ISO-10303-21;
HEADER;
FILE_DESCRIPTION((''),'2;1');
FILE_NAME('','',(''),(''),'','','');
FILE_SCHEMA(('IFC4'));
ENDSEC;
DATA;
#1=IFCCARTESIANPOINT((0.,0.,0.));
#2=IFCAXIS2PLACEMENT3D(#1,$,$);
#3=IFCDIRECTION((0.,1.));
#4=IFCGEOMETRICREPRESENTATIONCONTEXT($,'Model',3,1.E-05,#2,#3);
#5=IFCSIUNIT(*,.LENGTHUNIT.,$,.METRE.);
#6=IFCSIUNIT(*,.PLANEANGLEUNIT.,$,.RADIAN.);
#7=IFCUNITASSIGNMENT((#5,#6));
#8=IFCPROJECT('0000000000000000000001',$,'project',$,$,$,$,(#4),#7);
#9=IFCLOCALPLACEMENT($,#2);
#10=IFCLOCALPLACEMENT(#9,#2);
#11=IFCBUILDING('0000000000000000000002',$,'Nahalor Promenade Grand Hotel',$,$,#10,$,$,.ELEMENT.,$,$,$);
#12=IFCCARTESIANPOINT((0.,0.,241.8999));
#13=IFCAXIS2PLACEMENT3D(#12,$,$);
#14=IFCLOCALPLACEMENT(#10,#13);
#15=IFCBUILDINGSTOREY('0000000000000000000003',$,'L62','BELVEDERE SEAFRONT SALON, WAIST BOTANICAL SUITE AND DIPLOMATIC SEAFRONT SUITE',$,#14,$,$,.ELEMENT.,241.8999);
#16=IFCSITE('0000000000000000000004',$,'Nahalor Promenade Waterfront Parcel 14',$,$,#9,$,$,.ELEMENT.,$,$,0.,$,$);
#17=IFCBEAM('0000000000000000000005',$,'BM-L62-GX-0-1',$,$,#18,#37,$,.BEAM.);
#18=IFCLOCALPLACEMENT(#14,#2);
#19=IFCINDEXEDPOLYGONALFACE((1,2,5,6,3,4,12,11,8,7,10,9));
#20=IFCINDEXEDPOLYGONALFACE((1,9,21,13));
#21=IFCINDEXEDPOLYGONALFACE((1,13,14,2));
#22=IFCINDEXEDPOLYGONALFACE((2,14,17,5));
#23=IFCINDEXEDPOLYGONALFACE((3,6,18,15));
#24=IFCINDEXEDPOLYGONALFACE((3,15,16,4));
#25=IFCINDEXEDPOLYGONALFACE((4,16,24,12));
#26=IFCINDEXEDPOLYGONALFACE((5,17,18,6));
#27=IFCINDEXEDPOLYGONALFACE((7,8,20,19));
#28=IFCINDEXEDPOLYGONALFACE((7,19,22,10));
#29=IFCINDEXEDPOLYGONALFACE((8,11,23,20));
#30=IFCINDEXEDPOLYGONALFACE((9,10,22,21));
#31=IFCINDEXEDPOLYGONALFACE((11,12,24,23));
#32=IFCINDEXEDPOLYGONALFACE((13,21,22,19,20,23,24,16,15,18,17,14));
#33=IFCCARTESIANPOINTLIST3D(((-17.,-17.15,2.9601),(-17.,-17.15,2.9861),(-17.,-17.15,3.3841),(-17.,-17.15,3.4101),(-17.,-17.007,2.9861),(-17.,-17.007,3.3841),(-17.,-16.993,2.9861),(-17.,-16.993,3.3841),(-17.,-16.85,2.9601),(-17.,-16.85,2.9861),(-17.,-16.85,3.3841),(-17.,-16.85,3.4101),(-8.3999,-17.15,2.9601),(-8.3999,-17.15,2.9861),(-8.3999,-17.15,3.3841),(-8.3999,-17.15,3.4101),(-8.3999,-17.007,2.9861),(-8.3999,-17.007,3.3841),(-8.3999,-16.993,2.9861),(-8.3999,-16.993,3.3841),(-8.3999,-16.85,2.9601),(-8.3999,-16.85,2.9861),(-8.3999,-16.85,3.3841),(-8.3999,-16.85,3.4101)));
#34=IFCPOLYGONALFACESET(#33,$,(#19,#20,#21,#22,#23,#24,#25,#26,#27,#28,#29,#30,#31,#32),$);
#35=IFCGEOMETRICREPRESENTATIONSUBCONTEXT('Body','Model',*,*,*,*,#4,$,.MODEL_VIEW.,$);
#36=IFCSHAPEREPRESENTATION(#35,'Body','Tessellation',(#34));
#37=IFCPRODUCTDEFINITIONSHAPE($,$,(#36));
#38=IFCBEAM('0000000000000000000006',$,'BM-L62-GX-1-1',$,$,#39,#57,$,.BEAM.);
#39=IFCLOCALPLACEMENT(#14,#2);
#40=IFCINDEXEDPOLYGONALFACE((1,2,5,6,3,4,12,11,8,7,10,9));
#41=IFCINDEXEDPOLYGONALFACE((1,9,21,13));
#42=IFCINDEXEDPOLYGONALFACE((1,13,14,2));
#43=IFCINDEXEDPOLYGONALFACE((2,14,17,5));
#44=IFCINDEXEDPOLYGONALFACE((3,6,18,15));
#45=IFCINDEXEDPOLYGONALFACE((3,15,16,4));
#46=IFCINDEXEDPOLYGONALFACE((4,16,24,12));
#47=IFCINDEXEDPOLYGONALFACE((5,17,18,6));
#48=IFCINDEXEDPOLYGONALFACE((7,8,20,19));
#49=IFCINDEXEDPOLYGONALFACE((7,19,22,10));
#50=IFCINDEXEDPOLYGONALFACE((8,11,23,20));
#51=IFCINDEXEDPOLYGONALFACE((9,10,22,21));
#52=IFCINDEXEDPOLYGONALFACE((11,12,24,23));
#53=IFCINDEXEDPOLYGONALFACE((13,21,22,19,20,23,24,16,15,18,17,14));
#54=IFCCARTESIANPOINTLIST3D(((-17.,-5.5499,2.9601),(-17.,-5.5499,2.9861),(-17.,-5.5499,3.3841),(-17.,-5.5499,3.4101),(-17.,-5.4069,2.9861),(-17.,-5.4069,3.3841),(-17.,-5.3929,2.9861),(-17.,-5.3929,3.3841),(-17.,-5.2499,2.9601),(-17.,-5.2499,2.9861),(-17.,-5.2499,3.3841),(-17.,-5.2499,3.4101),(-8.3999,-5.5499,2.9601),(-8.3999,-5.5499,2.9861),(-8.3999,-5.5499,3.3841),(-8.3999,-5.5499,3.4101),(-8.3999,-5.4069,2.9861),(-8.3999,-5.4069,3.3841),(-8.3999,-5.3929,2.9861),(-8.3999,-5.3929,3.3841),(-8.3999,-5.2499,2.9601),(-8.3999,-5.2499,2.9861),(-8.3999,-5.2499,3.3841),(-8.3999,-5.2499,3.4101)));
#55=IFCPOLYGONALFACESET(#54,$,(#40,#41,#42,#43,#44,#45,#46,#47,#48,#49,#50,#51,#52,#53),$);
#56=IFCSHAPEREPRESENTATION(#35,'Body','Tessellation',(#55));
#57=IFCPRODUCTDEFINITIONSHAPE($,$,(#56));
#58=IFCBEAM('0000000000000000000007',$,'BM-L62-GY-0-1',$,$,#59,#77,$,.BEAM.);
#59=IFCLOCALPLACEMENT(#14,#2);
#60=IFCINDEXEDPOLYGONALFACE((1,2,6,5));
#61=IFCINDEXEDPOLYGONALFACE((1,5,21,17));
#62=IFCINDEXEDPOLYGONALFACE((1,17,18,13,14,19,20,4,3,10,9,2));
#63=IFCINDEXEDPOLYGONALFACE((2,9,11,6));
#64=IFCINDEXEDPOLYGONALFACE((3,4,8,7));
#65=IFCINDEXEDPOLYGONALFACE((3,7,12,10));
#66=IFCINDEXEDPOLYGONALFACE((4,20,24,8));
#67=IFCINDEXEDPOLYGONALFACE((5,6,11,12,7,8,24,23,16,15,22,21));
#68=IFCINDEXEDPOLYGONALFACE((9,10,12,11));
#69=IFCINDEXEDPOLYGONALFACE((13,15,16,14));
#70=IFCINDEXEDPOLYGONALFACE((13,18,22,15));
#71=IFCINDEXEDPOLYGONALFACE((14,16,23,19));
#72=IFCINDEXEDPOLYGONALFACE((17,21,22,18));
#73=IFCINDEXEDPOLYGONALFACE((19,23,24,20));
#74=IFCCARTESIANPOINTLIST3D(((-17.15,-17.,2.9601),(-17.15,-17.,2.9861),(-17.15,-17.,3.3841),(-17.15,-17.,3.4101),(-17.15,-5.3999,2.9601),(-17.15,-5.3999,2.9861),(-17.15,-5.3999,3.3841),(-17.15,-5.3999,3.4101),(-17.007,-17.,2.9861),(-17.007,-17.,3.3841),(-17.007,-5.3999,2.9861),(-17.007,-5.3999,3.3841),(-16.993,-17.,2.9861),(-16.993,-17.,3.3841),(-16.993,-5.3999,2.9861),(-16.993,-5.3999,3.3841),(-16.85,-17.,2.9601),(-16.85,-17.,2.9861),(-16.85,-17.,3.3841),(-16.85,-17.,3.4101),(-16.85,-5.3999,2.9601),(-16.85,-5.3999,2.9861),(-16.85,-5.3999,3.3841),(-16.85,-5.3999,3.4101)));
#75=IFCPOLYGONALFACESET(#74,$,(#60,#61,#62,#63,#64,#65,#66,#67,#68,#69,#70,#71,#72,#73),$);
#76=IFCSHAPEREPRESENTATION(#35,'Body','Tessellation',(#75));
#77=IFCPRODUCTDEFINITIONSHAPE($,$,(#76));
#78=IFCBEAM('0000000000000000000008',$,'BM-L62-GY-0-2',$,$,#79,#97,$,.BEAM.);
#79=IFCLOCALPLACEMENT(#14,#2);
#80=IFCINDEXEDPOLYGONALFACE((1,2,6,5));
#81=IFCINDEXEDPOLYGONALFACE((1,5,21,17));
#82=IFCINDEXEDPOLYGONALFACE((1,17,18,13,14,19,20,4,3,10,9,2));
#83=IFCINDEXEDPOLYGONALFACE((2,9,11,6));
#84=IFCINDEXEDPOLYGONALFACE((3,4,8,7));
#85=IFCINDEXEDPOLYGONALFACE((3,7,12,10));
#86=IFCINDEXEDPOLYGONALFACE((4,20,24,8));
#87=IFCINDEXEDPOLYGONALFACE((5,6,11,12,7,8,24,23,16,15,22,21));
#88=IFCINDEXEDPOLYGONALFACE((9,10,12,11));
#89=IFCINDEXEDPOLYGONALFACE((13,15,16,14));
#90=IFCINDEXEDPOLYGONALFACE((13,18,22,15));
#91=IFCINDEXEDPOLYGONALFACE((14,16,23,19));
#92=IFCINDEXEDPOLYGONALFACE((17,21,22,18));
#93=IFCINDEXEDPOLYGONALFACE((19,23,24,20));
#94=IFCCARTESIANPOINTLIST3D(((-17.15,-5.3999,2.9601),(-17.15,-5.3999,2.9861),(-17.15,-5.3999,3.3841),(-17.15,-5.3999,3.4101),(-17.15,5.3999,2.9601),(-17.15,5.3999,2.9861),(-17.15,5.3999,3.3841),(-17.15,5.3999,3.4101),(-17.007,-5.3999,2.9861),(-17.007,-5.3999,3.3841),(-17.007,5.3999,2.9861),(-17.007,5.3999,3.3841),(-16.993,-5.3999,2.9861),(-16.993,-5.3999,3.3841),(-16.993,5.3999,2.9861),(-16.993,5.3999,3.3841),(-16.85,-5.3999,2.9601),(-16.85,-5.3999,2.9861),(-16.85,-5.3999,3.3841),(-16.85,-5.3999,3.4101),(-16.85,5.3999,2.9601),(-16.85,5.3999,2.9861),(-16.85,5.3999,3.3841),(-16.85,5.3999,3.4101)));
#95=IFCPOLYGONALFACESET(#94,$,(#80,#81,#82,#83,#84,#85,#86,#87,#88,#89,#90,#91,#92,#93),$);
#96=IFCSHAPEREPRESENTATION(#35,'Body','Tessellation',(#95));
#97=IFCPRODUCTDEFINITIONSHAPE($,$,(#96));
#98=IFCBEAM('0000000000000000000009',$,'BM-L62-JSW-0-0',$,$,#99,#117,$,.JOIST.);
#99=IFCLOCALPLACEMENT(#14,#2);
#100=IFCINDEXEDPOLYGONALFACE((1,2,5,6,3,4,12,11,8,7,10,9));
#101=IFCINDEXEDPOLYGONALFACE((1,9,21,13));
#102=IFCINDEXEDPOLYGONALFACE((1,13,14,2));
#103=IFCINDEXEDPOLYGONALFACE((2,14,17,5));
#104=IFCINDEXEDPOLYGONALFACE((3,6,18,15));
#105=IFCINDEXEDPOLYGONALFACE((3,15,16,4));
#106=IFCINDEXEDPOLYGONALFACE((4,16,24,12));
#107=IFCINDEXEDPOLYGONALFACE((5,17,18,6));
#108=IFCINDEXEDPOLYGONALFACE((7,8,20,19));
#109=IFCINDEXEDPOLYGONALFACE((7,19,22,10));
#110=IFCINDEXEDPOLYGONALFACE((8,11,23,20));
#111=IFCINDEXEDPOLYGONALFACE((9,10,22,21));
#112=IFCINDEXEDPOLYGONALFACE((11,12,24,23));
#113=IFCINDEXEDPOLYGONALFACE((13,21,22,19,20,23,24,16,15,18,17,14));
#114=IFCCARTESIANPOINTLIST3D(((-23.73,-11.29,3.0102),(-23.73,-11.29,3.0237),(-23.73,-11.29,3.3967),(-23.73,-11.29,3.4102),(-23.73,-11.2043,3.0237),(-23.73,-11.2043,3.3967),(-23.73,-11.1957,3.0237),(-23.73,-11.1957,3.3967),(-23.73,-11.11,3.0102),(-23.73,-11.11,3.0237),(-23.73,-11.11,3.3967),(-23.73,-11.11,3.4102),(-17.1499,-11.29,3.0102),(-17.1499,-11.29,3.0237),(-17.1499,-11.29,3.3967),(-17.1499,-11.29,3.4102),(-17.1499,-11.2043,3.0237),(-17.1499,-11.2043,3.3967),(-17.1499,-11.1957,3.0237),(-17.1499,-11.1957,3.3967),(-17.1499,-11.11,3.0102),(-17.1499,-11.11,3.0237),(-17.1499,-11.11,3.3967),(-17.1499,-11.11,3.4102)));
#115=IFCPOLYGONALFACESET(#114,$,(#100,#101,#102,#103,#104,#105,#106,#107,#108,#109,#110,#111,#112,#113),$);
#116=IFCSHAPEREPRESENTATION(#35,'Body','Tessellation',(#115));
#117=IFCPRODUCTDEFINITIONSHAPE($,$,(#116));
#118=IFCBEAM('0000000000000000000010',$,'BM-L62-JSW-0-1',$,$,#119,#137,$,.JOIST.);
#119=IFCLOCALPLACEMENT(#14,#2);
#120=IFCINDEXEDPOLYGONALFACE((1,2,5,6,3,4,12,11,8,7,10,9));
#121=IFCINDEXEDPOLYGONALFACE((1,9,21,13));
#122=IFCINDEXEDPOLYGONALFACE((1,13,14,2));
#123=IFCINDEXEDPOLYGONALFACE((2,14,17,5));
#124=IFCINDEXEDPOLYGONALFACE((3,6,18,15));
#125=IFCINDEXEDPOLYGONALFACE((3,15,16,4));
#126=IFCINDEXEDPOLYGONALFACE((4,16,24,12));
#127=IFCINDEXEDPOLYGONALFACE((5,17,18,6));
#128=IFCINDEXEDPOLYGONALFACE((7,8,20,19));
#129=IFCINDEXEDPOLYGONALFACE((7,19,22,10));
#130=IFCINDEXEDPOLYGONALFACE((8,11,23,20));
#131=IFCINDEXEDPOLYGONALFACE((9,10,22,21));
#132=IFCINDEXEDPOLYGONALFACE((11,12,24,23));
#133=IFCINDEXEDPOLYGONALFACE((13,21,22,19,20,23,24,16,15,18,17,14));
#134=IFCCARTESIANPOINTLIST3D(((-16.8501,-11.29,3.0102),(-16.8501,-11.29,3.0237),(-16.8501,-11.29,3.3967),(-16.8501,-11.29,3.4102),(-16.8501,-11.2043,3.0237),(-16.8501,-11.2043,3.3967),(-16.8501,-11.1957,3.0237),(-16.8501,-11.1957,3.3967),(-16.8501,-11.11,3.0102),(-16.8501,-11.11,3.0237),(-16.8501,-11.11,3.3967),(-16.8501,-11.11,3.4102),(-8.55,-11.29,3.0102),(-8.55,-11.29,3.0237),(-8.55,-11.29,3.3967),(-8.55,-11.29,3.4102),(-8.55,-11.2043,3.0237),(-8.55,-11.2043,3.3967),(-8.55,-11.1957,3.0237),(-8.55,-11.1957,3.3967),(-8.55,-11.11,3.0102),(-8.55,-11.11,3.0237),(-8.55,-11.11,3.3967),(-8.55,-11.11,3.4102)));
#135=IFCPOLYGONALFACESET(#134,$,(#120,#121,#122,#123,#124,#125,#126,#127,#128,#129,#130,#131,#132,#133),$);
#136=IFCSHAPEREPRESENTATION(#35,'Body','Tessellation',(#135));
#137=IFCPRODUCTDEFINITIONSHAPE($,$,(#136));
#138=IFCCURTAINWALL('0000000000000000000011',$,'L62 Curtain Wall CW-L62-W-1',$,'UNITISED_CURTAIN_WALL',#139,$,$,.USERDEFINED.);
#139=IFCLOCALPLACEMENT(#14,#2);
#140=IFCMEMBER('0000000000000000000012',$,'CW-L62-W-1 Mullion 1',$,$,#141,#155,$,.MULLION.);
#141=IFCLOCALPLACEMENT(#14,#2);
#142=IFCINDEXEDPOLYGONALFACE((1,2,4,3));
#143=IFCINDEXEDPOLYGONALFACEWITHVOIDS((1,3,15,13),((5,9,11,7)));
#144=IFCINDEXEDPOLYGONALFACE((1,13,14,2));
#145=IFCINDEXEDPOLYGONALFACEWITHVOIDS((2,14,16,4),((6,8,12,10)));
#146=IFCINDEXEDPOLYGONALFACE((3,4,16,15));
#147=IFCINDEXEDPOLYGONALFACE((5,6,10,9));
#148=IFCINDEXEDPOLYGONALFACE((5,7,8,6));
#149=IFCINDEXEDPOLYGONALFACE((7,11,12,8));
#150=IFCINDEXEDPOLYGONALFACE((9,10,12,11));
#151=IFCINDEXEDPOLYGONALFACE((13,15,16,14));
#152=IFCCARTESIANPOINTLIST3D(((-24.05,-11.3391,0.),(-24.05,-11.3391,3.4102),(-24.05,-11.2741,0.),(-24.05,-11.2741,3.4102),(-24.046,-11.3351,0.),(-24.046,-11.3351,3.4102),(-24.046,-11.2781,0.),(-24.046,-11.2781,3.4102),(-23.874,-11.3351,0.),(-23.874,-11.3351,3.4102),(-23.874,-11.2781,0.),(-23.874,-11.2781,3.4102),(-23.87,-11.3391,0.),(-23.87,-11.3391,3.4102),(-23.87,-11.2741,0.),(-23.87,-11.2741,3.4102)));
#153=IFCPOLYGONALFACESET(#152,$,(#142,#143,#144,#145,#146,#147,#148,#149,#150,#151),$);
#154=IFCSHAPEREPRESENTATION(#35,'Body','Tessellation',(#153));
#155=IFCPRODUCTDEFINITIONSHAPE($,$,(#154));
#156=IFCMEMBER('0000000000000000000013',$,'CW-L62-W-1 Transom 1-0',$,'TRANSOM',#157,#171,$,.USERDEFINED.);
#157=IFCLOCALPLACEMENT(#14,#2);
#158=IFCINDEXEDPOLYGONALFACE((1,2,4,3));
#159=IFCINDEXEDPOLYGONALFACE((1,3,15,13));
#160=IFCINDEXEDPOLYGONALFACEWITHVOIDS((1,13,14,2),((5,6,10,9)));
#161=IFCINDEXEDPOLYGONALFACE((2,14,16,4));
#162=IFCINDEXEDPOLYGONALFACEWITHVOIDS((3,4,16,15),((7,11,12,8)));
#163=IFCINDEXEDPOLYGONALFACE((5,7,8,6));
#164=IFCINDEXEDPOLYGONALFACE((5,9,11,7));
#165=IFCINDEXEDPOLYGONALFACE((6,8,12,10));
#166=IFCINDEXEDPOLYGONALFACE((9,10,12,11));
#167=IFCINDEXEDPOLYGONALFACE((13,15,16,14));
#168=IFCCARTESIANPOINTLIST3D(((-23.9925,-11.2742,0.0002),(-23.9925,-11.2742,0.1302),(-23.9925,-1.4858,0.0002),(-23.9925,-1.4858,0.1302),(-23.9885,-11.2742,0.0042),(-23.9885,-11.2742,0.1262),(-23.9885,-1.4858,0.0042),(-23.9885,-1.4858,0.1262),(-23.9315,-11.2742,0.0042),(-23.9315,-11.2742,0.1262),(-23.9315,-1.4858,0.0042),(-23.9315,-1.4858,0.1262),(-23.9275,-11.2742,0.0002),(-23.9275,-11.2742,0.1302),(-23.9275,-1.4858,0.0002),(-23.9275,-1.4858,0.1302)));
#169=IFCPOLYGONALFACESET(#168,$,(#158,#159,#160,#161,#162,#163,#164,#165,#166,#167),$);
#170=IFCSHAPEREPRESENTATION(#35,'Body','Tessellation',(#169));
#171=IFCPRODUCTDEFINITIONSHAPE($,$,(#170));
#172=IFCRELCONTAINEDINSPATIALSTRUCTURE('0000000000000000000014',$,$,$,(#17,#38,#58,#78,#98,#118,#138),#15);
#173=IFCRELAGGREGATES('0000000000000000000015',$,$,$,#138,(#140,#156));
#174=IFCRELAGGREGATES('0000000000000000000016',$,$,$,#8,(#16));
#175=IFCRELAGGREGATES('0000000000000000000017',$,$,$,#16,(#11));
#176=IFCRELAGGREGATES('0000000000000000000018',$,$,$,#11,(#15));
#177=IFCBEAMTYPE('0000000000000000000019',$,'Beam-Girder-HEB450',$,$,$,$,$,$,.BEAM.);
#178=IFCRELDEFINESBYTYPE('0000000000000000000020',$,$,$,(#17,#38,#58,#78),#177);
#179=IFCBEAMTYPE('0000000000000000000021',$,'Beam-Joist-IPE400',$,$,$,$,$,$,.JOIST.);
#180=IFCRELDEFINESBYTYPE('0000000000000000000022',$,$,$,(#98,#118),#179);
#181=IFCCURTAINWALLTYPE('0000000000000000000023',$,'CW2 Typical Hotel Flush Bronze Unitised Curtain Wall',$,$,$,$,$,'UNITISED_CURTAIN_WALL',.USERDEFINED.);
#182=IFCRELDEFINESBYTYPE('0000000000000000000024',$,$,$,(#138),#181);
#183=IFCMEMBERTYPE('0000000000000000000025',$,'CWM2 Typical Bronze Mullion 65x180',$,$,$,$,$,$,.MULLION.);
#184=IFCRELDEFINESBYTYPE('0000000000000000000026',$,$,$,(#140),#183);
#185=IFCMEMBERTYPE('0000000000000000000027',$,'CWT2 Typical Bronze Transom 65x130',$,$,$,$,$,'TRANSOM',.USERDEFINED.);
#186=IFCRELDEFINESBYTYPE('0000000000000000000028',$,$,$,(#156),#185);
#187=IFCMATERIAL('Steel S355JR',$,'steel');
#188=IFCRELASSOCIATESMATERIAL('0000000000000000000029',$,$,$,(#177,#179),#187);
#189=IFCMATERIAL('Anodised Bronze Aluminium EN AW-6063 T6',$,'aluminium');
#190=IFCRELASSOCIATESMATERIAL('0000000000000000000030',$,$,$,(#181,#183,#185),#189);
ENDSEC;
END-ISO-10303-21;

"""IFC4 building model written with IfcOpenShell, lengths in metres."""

from ifc_helpers import new_model, si_unit, direction, frame, origin, origin_2d, place, context, subcontext, project, spatial, hollow_rectangle, i_section, extrude, source, transform, mapped, material, material_profile, profile_set, type_object, element, aggregate, save


model = new_model("IFC4")

# Units and contexts
model_context = context("Model", 3, precision=1e-05, world=origin(), true_north=direction((0.0, 1.0)))
body_context = subcontext(model_context, "Body", "Model", "MODEL_VIEW")
ifc_project = project(units=[si_unit("LENGTHUNIT", "METRE"), si_unit("PLANEANGLEUNIT", "RADIAN")], contexts=[model_context])

# Site, building, storey
site_placement = place(None, origin())
site = spatial("IfcSite", under=ifc_project, at=site_placement, Name="Nahalor Promenade Waterfront Parcel 14", CompositionType="ELEMENT", RefElevation=0.0)
building_placement = place(site_placement, origin())
building = spatial("IfcBuilding", under=site, at=building_placement, Name="Nahalor Promenade Grand Hotel", CompositionType="ELEMENT")
storey_placement = place(building_placement, frame((0.0, 0.0, 241.8999)))
storey = spatial("IfcBuildingStorey", under=building, at=storey_placement, Name="L62", Description="BELVEDERE SEAFRONT SALON, WAIST BOTANICAL SUITE AND DIPLOMATIC SEAFRONT SUITE", CompositionType="ELEMENT", Elevation=241.8999)

# Shared definitions
ifc_material_1 = material(Name="Steel S355JR", Category="steel")

# Beams
ifc_material_profile_1 = material_profile(ifc_material_1, i_section(OverallWidth=0.3, OverallDepth=0.45, WebThickness=0.014, FlangeThickness=0.026, at=origin_2d()), Name="HEB 450")
ifc_profile_set_1 = profile_set([ifc_material_profile_1], Name="Steel S355JR")
beam_type_1 = type_object("IfcBeamType", Name="Beam-Girder-HEB450", PredefinedType="BEAM", material=ifc_profile_set_1)
shared_shape_1 = source(origin(), body_context, "Body", "SweptSolid", [
    extrude(i_section(OverallWidth=0.3, OverallDepth=0.45, WebThickness=0.014, FlangeThickness=0.026, at=origin_2d()), origin(), (0.0, 0.0, 1.0), 8.6001),
])
for number, where, z_axis, x_axis, name in (
    (1, (-17.0, -17.0, 3.1851), (1.0, 0.0, 0.0), (0.0, 1.0, 0.0), "BM-L62-GX-0-1"),
    (2, (-17.0, -5.3999, 3.1851), (1.0, 0.0, 0.0), (0.0, 1.0, 0.0), "BM-L62-GX-1-1"),
):
    element("IfcBeam", number, at=place(storey_placement, frame(where, z_axis=z_axis, x_axis=x_axis)), inside=storey, type_object=beam_type_1, Name=name, PredefinedType="BEAM", context=body_context, shape_type="MappedRepresentation", body=[
        mapped(shared_shape_1, transform((0.0, 0.0, 0.0), scale=1.0)),
    ])
shared_shape_2 = source(origin(), body_context, "Body", "SweptSolid", [
    extrude(i_section(OverallWidth=0.3, OverallDepth=0.45, WebThickness=0.014, FlangeThickness=0.026, at=origin_2d()), origin(), (0.0, 0.0, 1.0), 11.6001),
])
beam_1_placement = place(storey_placement, frame((-17.0, -17.0, 3.1851), z_axis=(0.0, 1.0, 0.0), x_axis=(-1.0, 0.0, 0.0)))
element("IfcBeam", 3, at=beam_1_placement, inside=storey, type_object=beam_type_1, Name="BM-L62-GY-0-1", PredefinedType="BEAM", context=body_context, shape_type="MappedRepresentation", body=[
    mapped(shared_shape_2, transform((0.0, 0.0, 0.0), scale=1.0)),
])
shared_shape_3 = source(origin(), body_context, "Body", "SweptSolid", [
    extrude(i_section(OverallWidth=0.3, OverallDepth=0.45, WebThickness=0.014, FlangeThickness=0.026, at=origin_2d()), origin(), (0.0, 0.0, 1.0), 10.7998),
])
beam_2_placement = place(storey_placement, frame((-17.0, -5.3999, 3.1851), z_axis=(0.0, 1.0, 0.0), x_axis=(-1.0, 0.0, 0.0)))
element("IfcBeam", 4, at=beam_2_placement, inside=storey, type_object=beam_type_1, Name="BM-L62-GY-0-2", PredefinedType="BEAM", context=body_context, shape_type="MappedRepresentation", body=[
    mapped(shared_shape_3, transform((0.0, 0.0, 0.0), scale=1.0)),
])
ifc_material_profile_2 = material_profile(ifc_material_1, i_section(OverallWidth=0.18, OverallDepth=0.4, WebThickness=0.0086, FlangeThickness=0.0135, at=origin_2d()), Name="IPE 400")
ifc_profile_set_2 = profile_set([ifc_material_profile_2], Name="Steel S355JR")
beam_type_2 = type_object("IfcBeamType", Name="Beam-Joist-IPE400", PredefinedType="JOIST", material=ifc_profile_set_2)
shared_shape_4 = source(origin(), body_context, "Body", "SweptSolid", [
    extrude(i_section(OverallWidth=0.18, OverallDepth=0.4, WebThickness=0.0086, FlangeThickness=0.0135, at=origin_2d()), origin(), (0.0, 0.0, 1.0), 6.5801),
])
beam_3_placement = place(storey_placement, frame((-23.73, -11.2, 3.2102), z_axis=(1.0, 0.0, 0.0), x_axis=(0.0, 1.0, 0.0)))
element("IfcBeam", 5, at=beam_3_placement, inside=storey, type_object=beam_type_2, Name="BM-L62-JSW-0-0", PredefinedType="JOIST", context=body_context, shape_type="MappedRepresentation", body=[
    mapped(shared_shape_4, transform((0.0, 0.0, 0.0), scale=1.0)),
])
shared_shape_5 = source(origin(), body_context, "Body", "SweptSolid", [
    extrude(i_section(OverallWidth=0.18, OverallDepth=0.4, WebThickness=0.0086, FlangeThickness=0.0135, at=origin_2d()), origin(), (0.0, 0.0, 1.0), 8.3),
])
beam_4_placement = place(storey_placement, frame((-16.8501, -11.2, 3.2102), z_axis=(1.0, 0.0, 0.0), x_axis=(0.0, 1.0, 0.0)))
element("IfcBeam", 6, at=beam_4_placement, inside=storey, type_object=beam_type_2, Name="BM-L62-JSW-0-1", PredefinedType="JOIST", context=body_context, shape_type="MappedRepresentation", body=[
    mapped(shared_shape_5, transform((0.0, 0.0, 0.0), scale=1.0)),
])

# Curtain wall, members
ifc_material_2 = material(Name="Anodised Bronze Aluminium EN AW-6063 T6", Category="aluminium")
curtain_wall_type = type_object("IfcCurtainWallType", Name="CW2 Typical Hotel Flush Bronze Unitised Curtain Wall", ElementType="UNITISED_CURTAIN_WALL", PredefinedType="USERDEFINED", material=ifc_material_2)
curtain_wall_placement = place(storey_placement, origin())
curtain_wall = element("IfcCurtainWall", 7, at=curtain_wall_placement, inside=storey, type_object=curtain_wall_type, Name="L62 Curtain Wall CW-L62-W-1", ObjectType="UNITISED_CURTAIN_WALL", PredefinedType="USERDEFINED")
ifc_material_profile_3 = material_profile(ifc_material_2, hollow_rectangle(XDim=0.065, YDim=0.18, WallThickness=0.004, at=origin_2d()), Name="CWM 65x180x4")
ifc_profile_set_3 = profile_set([ifc_material_profile_3], Name="Anodised Bronze Aluminium EN AW-6063 T6")
member_type_1 = type_object("IfcMemberType", Name="CWM2 Typical Bronze Mullion 65x180", PredefinedType="MULLION", material=ifc_profile_set_3)
shared_shape_6 = source(origin(), body_context, "Body", "SweptSolid", [
    extrude(hollow_rectangle(XDim=0.065, YDim=0.18, WallThickness=0.004, at=origin_2d()), origin(), (0.0, 0.0, 1.0), 3.4102),
])
member_1_placement = place(storey_placement, frame((-23.96, -11.3066, 0.0), z_axis=(0.0, 0.0, 1.0), x_axis=(0.0, 1.0, 0.0)))
member_1 = element("IfcMember", 8, at=member_1_placement, type_object=member_type_1, Name="CW-L62-W-1 Mullion 1", PredefinedType="MULLION", context=body_context, shape_type="MappedRepresentation", body=[
    mapped(shared_shape_6, transform((0.0, 0.0, 0.0), scale=1.0)),
])
ifc_material_profile_4 = material_profile(ifc_material_2, hollow_rectangle(XDim=0.065, YDim=0.13, WallThickness=0.004, at=origin_2d()), Name="CWT 65x130x4")
ifc_profile_set_4 = profile_set([ifc_material_profile_4], Name="Anodised Bronze Aluminium EN AW-6063 T6")
member_type_2 = type_object("IfcMemberType", Name="CWT2 Typical Bronze Transom 65x130", ElementType="TRANSOM", PredefinedType="USERDEFINED", material=ifc_profile_set_4)
shared_shape_7 = source(origin(), body_context, "Body", "SweptSolid", [
    extrude(hollow_rectangle(XDim=0.065, YDim=0.13, WallThickness=0.004, at=origin_2d()), origin(), (0.0, 0.0, 1.0), 9.7883),
])
member_2_placement = place(storey_placement, frame((-23.96, -11.2742, 0.0652), z_axis=(0.0, 1.0, 0.0), x_axis=(-1.0, 0.0, 0.0)))
member_2 = element("IfcMember", 9, at=member_2_placement, type_object=member_type_2, Name="CW-L62-W-1 Transom 1-0", ObjectType="TRANSOM", PredefinedType="USERDEFINED", context=body_context, shape_type="MappedRepresentation", body=[
    mapped(shared_shape_7, transform((0.0, 0.0, 0.0), scale=1.0)),
])
aggregate(curtain_wall, [member_1, member_2])

save(model, "model.ifc")
